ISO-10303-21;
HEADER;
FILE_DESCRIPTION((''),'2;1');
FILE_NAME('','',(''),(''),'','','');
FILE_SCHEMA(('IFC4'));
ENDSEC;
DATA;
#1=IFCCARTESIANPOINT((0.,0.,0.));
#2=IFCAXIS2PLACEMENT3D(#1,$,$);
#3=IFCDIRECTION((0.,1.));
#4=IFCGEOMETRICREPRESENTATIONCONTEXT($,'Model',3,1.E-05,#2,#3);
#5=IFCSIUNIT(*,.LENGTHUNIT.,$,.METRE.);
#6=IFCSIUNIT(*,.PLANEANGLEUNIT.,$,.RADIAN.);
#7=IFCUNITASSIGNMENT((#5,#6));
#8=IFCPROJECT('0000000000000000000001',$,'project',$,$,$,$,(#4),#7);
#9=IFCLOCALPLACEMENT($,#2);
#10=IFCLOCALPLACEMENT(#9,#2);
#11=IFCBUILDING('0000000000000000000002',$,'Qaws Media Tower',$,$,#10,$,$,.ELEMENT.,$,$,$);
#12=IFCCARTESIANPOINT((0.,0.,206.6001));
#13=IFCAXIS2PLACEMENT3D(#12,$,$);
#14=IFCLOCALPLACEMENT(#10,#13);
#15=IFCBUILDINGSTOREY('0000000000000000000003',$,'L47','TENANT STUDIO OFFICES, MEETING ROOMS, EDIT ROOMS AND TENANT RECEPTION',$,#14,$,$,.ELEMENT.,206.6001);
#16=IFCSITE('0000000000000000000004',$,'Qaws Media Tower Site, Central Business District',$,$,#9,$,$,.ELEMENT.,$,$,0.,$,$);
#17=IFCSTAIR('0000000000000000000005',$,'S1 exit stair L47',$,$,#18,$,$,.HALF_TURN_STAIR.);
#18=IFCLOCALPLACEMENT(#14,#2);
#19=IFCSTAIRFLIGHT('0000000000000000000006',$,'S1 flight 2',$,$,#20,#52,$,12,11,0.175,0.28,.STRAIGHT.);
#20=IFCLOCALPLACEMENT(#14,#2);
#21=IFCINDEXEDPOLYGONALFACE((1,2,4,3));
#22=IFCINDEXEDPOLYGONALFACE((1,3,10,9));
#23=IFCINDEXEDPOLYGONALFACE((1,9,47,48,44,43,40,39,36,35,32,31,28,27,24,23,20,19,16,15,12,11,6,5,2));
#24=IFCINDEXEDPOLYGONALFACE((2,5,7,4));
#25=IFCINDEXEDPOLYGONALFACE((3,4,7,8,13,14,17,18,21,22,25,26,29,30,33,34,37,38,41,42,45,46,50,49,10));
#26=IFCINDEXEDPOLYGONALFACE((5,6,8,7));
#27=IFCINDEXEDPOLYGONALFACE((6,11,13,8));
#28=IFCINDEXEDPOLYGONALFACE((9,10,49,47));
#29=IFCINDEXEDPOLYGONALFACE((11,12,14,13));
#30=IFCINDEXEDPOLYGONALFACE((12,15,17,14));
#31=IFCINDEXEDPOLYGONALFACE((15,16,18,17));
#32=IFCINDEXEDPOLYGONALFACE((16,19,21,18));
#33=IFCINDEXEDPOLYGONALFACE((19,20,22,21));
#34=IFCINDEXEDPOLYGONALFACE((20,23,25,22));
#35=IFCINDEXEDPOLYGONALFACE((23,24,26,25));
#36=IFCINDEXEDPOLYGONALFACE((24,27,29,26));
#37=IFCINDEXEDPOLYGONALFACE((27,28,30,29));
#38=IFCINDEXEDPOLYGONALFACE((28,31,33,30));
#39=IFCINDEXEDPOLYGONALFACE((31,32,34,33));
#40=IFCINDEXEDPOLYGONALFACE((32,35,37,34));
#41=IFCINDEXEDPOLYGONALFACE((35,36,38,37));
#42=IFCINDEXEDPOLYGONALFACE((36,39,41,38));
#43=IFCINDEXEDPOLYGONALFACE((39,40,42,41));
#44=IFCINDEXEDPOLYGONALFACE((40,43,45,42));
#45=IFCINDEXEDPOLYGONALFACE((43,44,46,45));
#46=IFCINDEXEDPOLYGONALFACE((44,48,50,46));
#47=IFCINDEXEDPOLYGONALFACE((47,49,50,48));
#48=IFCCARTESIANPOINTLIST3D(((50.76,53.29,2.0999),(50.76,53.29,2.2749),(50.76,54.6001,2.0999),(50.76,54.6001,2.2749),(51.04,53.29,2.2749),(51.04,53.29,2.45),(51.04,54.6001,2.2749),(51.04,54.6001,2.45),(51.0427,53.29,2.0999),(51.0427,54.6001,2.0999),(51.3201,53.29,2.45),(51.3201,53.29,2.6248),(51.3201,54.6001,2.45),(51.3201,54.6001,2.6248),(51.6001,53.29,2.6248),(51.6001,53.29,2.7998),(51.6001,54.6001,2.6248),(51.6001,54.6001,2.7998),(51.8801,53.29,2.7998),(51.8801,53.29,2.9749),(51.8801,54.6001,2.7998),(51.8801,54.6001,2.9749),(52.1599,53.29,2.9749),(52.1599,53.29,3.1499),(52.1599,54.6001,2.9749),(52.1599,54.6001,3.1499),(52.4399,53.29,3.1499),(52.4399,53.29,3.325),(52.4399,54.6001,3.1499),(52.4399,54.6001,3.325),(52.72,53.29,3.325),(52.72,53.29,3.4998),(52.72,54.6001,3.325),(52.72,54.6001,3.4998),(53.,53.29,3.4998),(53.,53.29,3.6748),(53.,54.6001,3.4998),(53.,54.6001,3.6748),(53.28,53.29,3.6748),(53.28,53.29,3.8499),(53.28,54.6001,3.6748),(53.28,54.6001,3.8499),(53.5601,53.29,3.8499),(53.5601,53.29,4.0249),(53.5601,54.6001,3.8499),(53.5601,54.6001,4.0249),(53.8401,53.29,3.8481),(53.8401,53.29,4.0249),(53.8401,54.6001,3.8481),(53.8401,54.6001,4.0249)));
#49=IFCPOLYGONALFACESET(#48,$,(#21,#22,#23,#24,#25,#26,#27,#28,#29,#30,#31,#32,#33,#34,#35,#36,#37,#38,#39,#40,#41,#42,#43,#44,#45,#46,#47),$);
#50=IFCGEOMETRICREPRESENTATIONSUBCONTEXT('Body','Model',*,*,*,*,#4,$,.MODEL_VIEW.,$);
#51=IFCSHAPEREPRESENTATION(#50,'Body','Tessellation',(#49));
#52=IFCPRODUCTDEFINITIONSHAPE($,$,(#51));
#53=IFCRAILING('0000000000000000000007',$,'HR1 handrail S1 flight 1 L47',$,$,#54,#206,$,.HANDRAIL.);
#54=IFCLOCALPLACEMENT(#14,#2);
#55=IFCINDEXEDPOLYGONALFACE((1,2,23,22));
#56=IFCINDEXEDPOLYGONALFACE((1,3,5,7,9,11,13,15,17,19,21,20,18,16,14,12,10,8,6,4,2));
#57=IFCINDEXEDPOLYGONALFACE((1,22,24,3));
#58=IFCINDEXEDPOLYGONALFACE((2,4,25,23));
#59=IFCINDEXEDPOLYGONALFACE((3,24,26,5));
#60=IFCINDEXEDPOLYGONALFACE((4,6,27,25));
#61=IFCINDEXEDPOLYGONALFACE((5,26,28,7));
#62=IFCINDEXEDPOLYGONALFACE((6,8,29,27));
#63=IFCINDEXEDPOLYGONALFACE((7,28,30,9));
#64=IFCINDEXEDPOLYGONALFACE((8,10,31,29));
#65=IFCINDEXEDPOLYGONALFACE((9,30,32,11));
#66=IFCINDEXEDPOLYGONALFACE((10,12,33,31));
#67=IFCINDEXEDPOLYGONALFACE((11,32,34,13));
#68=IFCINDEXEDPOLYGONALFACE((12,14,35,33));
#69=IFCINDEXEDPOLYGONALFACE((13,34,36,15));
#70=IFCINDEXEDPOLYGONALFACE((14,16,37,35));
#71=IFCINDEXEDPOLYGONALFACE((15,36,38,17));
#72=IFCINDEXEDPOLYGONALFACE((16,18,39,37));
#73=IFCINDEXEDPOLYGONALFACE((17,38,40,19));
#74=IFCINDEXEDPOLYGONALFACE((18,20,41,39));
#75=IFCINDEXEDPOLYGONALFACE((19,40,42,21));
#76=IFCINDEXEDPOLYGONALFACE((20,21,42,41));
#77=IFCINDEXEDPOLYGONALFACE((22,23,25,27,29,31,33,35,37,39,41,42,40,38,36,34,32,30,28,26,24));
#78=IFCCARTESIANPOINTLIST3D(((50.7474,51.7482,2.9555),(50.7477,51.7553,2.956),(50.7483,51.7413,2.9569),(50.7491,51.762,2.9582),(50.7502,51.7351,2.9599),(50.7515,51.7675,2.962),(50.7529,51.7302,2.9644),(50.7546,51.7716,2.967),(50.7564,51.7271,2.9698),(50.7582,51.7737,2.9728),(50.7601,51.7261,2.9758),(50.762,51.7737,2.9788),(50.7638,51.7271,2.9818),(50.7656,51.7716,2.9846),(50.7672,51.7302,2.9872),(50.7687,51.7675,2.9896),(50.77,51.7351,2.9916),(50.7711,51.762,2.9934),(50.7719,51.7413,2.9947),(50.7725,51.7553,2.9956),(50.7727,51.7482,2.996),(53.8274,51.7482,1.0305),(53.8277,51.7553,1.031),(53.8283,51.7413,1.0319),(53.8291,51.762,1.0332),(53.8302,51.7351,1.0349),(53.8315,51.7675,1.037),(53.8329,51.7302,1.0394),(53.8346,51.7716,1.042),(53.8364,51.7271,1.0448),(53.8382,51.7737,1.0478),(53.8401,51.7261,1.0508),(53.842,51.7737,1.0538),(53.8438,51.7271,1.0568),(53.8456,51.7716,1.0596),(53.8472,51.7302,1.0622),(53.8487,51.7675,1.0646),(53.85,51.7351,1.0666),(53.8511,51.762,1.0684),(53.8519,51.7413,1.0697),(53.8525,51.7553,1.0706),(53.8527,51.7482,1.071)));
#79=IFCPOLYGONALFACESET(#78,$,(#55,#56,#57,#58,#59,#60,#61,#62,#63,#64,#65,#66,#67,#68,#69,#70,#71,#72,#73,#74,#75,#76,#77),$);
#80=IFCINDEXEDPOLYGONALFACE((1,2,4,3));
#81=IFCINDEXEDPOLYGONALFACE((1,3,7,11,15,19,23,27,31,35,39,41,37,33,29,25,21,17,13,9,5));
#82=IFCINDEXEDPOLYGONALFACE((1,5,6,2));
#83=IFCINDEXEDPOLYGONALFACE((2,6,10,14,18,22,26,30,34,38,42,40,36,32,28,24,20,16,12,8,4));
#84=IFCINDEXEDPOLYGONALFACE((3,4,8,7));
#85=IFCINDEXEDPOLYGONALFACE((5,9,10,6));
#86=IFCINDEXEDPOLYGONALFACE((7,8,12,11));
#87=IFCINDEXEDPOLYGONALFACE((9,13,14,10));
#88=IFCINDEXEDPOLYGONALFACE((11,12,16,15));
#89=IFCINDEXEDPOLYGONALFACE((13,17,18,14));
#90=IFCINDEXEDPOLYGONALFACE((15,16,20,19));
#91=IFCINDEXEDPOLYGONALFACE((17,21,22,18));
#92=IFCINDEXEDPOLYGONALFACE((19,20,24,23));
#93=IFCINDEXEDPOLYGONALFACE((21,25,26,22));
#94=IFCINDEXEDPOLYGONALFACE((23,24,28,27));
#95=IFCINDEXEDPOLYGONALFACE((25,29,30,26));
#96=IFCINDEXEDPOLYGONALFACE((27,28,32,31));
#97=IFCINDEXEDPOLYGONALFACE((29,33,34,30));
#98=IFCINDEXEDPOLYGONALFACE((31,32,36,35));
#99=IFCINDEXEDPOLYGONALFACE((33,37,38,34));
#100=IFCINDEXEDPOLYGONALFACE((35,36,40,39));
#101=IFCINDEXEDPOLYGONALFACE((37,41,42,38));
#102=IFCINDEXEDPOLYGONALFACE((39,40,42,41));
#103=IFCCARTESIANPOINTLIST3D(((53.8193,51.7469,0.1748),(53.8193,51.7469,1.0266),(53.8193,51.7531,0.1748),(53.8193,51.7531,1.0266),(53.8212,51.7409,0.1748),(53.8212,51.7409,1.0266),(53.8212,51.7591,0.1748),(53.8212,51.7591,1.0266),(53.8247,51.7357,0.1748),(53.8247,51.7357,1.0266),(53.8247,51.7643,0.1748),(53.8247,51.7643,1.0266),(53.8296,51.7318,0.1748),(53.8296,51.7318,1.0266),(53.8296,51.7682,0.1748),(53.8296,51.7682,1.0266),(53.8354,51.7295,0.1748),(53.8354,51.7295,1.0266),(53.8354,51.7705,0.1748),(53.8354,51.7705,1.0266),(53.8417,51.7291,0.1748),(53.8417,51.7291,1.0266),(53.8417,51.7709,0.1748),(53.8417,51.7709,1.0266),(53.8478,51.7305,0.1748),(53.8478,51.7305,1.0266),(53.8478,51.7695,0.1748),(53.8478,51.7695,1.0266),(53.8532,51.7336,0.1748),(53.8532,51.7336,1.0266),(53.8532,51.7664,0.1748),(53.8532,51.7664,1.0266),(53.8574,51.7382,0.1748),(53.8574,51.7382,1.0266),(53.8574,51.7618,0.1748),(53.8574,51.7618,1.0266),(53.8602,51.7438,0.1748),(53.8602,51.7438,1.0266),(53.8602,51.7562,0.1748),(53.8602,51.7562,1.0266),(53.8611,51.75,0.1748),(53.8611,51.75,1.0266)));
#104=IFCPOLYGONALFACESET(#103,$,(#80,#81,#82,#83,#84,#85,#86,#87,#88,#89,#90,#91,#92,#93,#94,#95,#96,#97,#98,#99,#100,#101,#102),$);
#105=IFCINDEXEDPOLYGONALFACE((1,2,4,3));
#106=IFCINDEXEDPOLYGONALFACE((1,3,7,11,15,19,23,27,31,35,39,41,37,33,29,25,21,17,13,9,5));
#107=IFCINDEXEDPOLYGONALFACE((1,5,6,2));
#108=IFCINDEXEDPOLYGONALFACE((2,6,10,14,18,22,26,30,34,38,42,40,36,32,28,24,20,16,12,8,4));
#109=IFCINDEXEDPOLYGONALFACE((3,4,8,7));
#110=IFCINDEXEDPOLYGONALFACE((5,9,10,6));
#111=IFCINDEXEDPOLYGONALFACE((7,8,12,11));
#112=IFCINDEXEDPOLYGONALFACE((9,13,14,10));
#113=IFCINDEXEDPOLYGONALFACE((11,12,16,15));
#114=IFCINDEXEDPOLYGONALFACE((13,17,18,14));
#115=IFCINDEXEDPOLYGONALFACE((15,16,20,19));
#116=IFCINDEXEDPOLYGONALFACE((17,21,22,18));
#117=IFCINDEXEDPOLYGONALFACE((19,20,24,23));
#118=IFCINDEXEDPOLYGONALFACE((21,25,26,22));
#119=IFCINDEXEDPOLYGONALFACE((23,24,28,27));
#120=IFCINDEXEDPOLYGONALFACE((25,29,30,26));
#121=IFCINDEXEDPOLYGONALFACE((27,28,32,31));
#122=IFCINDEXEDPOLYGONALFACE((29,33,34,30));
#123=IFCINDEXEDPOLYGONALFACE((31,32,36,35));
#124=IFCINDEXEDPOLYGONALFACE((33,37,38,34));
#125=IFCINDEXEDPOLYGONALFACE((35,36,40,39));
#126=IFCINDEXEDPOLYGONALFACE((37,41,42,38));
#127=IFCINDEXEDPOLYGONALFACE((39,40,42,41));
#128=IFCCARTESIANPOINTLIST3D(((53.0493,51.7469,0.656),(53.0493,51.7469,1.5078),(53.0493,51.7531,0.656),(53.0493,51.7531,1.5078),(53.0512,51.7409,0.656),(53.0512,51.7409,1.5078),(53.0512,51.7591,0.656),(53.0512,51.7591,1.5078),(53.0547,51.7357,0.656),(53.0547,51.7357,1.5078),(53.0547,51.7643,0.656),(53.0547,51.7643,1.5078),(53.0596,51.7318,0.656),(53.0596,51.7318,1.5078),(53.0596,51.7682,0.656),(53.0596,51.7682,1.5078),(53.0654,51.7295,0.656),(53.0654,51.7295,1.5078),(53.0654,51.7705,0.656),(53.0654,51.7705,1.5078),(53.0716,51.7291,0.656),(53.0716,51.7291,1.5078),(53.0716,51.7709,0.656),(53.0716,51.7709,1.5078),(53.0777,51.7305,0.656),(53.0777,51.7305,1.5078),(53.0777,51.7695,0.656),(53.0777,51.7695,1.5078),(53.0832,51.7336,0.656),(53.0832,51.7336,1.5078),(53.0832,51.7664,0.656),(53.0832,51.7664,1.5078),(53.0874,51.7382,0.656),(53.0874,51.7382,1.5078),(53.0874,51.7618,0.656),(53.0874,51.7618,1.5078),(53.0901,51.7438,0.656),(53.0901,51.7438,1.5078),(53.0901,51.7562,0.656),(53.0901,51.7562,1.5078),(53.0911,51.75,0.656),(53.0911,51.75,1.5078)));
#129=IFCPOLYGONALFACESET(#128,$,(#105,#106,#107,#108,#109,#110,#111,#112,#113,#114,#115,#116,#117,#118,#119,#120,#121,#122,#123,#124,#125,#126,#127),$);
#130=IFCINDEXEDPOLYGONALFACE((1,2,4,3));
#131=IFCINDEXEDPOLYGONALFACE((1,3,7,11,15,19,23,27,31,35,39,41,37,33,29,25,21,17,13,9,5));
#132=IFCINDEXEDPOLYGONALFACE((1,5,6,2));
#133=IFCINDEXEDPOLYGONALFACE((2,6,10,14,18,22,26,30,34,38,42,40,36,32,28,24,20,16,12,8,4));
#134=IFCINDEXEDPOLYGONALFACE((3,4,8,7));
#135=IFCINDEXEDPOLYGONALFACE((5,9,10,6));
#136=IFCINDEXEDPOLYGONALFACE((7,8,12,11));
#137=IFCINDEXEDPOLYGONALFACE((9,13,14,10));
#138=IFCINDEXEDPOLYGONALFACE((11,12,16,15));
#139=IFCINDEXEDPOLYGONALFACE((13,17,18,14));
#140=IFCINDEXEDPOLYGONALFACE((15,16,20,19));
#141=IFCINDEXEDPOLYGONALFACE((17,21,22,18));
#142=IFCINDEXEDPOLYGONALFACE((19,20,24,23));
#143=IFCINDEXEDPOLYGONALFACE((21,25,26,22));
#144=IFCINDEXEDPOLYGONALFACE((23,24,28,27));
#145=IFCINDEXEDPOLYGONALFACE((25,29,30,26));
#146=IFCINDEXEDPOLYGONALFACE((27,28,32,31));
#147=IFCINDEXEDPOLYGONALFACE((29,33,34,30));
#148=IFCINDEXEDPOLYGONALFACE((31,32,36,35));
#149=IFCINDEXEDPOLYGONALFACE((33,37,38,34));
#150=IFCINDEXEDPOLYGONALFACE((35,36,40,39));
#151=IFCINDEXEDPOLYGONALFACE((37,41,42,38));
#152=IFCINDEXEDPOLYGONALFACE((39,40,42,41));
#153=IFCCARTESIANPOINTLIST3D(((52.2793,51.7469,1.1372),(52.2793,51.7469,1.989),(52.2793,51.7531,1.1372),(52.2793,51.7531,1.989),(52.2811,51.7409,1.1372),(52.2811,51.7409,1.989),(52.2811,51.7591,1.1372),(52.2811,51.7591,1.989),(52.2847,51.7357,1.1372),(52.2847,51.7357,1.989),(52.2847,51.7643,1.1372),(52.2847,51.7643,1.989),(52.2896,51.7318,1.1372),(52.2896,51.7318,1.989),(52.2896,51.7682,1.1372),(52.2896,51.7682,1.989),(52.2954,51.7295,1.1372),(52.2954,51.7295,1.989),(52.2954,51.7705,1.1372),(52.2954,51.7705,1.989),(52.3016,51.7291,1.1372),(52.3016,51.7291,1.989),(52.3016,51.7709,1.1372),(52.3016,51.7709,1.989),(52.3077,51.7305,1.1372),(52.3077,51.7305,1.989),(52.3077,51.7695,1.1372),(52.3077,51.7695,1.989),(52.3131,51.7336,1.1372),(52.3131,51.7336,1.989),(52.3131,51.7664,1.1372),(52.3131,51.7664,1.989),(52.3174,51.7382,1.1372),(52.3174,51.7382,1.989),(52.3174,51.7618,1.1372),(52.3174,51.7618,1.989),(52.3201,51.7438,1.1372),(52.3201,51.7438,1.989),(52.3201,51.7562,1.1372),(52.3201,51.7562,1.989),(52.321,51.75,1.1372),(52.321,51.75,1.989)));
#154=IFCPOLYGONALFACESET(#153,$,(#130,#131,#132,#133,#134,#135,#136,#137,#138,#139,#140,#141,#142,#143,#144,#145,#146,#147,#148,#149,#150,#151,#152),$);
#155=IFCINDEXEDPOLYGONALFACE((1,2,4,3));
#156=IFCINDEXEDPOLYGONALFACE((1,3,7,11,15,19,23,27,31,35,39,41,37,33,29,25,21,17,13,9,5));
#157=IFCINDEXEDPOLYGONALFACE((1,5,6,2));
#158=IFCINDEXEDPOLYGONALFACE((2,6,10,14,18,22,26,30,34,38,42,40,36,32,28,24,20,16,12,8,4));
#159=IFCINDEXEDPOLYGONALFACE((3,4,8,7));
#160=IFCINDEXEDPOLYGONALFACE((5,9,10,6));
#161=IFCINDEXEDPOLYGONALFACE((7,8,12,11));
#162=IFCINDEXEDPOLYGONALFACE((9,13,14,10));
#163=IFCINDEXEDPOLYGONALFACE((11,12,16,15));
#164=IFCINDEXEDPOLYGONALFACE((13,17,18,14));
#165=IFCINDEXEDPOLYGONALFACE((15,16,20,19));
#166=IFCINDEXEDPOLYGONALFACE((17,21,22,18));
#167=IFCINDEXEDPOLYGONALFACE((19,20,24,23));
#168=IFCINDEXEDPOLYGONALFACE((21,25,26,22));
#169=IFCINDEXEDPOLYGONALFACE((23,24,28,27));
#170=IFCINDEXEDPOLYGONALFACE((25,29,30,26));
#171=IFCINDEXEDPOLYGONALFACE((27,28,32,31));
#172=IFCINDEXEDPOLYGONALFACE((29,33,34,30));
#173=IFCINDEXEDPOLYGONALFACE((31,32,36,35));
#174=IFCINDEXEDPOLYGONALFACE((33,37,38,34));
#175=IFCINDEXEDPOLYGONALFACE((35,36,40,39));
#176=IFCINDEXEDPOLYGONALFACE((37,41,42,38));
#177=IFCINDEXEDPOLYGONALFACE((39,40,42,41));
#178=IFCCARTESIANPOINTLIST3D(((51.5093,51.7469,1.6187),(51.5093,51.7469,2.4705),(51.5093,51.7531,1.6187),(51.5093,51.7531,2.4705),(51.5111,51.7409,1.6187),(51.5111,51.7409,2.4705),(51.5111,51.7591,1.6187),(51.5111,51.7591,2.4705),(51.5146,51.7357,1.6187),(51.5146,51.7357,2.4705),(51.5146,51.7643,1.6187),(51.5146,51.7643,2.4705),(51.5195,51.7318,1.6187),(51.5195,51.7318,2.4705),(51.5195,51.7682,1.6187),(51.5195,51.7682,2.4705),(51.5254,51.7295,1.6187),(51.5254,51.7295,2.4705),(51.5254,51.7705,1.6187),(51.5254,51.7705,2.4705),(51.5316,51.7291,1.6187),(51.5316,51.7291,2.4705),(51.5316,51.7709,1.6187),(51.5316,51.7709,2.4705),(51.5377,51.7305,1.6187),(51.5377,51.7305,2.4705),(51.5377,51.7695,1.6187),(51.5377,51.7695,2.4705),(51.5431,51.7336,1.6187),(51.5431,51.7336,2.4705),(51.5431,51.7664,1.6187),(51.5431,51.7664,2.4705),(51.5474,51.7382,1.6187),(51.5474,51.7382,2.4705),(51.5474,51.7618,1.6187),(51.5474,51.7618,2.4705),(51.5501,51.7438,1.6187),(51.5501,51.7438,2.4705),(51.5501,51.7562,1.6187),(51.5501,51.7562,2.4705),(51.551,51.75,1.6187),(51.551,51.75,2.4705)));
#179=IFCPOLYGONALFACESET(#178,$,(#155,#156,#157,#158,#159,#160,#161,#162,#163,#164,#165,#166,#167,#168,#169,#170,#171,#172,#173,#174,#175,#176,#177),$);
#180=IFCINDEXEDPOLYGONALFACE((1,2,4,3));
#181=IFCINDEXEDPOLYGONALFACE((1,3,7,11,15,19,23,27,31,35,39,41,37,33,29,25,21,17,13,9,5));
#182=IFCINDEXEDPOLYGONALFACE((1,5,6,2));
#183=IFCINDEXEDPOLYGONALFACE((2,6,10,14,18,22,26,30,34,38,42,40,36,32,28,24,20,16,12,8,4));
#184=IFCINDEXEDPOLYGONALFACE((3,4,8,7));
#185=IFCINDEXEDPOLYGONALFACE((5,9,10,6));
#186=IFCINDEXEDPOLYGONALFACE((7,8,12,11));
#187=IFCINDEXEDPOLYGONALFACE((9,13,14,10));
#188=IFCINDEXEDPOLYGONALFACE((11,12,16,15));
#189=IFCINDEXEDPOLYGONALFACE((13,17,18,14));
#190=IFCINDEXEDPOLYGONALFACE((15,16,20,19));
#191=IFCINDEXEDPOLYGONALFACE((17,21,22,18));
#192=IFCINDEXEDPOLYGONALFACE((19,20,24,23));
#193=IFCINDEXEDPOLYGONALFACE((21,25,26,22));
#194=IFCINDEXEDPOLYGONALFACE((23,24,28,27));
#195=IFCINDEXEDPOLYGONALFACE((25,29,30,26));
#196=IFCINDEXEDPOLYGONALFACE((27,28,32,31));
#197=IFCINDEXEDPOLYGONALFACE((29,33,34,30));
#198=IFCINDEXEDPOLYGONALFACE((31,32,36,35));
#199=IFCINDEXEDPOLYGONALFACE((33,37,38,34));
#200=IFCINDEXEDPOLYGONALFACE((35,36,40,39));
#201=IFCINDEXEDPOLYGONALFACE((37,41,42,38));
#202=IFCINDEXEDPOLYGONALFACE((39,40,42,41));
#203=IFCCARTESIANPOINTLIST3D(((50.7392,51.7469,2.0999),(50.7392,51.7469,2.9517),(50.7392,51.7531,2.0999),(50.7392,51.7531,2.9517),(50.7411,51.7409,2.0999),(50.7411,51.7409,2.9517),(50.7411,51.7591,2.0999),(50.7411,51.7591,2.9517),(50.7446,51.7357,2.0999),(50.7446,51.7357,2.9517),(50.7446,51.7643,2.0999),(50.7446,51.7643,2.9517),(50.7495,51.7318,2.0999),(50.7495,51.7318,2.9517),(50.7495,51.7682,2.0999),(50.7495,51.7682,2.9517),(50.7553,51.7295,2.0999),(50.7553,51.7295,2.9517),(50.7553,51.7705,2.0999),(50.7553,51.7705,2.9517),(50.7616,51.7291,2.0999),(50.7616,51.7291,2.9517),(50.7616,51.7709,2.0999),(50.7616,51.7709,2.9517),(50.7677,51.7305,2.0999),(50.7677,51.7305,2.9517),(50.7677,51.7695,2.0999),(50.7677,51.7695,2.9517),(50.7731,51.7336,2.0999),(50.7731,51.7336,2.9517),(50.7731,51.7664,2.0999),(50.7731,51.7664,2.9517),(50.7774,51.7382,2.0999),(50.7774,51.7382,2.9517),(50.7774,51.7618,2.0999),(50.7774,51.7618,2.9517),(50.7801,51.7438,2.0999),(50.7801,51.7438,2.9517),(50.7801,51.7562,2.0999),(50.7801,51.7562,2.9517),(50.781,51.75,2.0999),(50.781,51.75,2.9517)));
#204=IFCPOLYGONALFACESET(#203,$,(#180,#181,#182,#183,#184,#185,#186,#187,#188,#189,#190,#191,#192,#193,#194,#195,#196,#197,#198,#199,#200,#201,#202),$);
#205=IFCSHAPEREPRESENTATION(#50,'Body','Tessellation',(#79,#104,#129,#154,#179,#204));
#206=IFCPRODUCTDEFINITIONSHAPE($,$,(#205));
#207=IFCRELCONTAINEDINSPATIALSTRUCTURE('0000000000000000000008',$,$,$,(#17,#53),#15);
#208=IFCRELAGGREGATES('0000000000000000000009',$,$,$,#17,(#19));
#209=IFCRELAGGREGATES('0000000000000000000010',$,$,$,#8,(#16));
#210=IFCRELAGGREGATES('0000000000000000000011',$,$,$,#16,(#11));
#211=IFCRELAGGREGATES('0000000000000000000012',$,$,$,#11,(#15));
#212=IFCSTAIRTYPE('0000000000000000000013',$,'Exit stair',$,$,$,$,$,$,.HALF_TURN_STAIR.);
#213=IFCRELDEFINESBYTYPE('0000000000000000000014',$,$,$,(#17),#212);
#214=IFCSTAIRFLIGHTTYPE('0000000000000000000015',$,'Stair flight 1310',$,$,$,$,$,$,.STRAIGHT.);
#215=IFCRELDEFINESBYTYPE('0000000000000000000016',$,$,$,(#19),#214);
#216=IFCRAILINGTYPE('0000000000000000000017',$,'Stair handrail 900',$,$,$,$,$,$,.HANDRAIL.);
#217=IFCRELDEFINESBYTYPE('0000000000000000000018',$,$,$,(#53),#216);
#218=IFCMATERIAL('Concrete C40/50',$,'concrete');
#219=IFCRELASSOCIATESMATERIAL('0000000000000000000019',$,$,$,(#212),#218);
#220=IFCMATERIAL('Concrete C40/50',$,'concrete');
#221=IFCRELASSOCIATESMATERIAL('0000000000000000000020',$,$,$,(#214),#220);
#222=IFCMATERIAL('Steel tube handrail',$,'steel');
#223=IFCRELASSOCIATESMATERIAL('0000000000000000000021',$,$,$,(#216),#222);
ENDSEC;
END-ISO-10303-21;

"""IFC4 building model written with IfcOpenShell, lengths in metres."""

from ifc_helpers import new_model, si_unit, direction, frame, origin, origin_2d, place, context, subcontext, project, spatial, polyline, circle, outline, extrude, material, type_object, element, aggregate, save


model = new_model("IFC4")

# Units and contexts
model_context = context("Model", 3, precision=1e-05, world=origin(), true_north=direction((0.0, 1.0)))
body_context = subcontext(model_context, "Body", "Model", "MODEL_VIEW")
ifc_project = project(units=[si_unit("LENGTHUNIT", "METRE"), si_unit("PLANEANGLEUNIT", "RADIAN")], contexts=[model_context])

# Site, building, storey
site_placement = place(None, origin())
site = spatial("IfcSite", under=ifc_project, at=site_placement, Name="Qaws Media Tower Site, Central Business District", CompositionType="ELEMENT", RefElevation=0.0)
building_placement = place(site_placement, origin())
building = spatial("IfcBuilding", under=site, at=building_placement, Name="Qaws Media Tower", CompositionType="ELEMENT")
storey_placement = place(building_placement, frame((0.0, 0.0, 206.6001)))
storey = spatial("IfcBuildingStorey", under=building, at=storey_placement, Name="L47", Description="TENANT STUDIO OFFICES, MEETING ROOMS, EDIT ROOMS AND TENANT RECEPTION", CompositionType="ELEMENT", Elevation=206.6001)

# Stair, stair flight
ifc_material_1 = material(Name="Concrete C40/50", Category="concrete")
stair_type = type_object("IfcStairType", Name="Exit stair", PredefinedType="HALF_TURN_STAIR", material=ifc_material_1)
stair_placement = place(storey_placement, origin())
stair = element("IfcStair", 1, at=stair_placement, inside=storey, type_object=stair_type, Name="S1 exit stair L47", PredefinedType="HALF_TURN_STAIR")
ifc_material_2 = material(Name="Concrete C40/50", Category="concrete")
stair_flight_type = type_object("IfcStairFlightType", Name="Stair flight 1310", PredefinedType="STRAIGHT", material=ifc_material_2)
stair_flight_1_placement = place(storey_placement, frame((50.76, 53.9451, 2.0999), z_axis=(0.0, 0.0, 1.0), x_axis=(1.0, 0.0, 0.0)))
stair_flight_1 = element("IfcStairFlight", 2, at=stair_flight_1_placement, type_object=stair_flight_type, Name="S1 flight 2", NumberOfRisers=12, NumberOfTreads=11, PredefinedType="STRAIGHT", RiserHeight=0.175, TreadLength=0.28, context=body_context, shape_type="SweptSolid", body=[
    extrude(outline(polyline([(0.0, 0.0), (0.0, 0.175), (0.28, 0.175), (0.28, 0.3501), (0.5601, 0.3501), (0.5601, 0.5249), (0.8401, 0.5249), (0.8401, 0.7), (1.1201, 0.7), (1.1201, 0.875), (1.3999, 0.875), (1.3999, 1.05), (1.6799, 1.05), (1.6799, 1.2251), (1.96, 1.2251), (1.96, 1.3999), (2.24, 1.3999), (2.24, 1.575), (2.52, 1.575), (2.52, 1.75), (2.8, 1.75), (2.8, 1.925), (3.0801, 1.925), (3.0801, 2.1001), (3.0801, 1.7483), (0.2827, 0.0), (0.0, 0.0)])), frame((0.0, 0.655, 0.0), z_axis=(0.0, -1.0, 0.0), x_axis=(1.0, 0.0, 0.0)), (0.0, 0.0, 1.0), 1.3101),
])
aggregate(stair, [stair_flight_1])

# Railing
ifc_material_3 = material(Name="Steel tube handrail", Category="steel")
railing_type = type_object("IfcRailingType", Name="Stair handrail 900", PredefinedType="HANDRAIL", material=ifc_material_3)
for number, where, name in (
    (3, (53.8401, 51.75, 0.1748), "HR1 handrail S1 flight 1 L47"),
):
    element("IfcRailing", number, at=place(storey_placement, frame(where)), inside=storey, type_object=railing_type, Name=name, PredefinedType="HANDRAIL", context=body_context, shape_type="SweptSolid", body=[
        extrude(circle(Radius=0.0239, at=origin_2d()), frame((0.0, 0.0, 0.876), z_axis=(-0.847998, 0.0, 0.529999), x_axis=(0.0, -1.0, 0.0)), (0.0, 0.0, 1.0), 3.6321),
        extrude(circle(Radius=0.021, at=origin_2d()), origin(), (0.0, 0.0, 1.0), 0.8518),
        extrude(circle(Radius=0.021, at=origin_2d()), frame((-0.77, 0.0, 0.4812)), (0.0, 0.0, 1.0), 0.8518),
        extrude(circle(Radius=0.021, at=origin_2d()), frame((-1.54, 0.0, 0.9624)), (0.0, 0.0, 1.0), 0.8518),
        extrude(circle(Radius=0.021, at=origin_2d()), frame((-2.3101, 0.0, 1.4438)), (0.0, 0.0, 1.0), 0.8518),
        extrude(circle(Radius=0.021, at=origin_2d()), frame((-3.0801, 0.0, 1.925)), (0.0, 0.0, 1.0), 0.8518),
    ])

save(model, "model.ifc")
